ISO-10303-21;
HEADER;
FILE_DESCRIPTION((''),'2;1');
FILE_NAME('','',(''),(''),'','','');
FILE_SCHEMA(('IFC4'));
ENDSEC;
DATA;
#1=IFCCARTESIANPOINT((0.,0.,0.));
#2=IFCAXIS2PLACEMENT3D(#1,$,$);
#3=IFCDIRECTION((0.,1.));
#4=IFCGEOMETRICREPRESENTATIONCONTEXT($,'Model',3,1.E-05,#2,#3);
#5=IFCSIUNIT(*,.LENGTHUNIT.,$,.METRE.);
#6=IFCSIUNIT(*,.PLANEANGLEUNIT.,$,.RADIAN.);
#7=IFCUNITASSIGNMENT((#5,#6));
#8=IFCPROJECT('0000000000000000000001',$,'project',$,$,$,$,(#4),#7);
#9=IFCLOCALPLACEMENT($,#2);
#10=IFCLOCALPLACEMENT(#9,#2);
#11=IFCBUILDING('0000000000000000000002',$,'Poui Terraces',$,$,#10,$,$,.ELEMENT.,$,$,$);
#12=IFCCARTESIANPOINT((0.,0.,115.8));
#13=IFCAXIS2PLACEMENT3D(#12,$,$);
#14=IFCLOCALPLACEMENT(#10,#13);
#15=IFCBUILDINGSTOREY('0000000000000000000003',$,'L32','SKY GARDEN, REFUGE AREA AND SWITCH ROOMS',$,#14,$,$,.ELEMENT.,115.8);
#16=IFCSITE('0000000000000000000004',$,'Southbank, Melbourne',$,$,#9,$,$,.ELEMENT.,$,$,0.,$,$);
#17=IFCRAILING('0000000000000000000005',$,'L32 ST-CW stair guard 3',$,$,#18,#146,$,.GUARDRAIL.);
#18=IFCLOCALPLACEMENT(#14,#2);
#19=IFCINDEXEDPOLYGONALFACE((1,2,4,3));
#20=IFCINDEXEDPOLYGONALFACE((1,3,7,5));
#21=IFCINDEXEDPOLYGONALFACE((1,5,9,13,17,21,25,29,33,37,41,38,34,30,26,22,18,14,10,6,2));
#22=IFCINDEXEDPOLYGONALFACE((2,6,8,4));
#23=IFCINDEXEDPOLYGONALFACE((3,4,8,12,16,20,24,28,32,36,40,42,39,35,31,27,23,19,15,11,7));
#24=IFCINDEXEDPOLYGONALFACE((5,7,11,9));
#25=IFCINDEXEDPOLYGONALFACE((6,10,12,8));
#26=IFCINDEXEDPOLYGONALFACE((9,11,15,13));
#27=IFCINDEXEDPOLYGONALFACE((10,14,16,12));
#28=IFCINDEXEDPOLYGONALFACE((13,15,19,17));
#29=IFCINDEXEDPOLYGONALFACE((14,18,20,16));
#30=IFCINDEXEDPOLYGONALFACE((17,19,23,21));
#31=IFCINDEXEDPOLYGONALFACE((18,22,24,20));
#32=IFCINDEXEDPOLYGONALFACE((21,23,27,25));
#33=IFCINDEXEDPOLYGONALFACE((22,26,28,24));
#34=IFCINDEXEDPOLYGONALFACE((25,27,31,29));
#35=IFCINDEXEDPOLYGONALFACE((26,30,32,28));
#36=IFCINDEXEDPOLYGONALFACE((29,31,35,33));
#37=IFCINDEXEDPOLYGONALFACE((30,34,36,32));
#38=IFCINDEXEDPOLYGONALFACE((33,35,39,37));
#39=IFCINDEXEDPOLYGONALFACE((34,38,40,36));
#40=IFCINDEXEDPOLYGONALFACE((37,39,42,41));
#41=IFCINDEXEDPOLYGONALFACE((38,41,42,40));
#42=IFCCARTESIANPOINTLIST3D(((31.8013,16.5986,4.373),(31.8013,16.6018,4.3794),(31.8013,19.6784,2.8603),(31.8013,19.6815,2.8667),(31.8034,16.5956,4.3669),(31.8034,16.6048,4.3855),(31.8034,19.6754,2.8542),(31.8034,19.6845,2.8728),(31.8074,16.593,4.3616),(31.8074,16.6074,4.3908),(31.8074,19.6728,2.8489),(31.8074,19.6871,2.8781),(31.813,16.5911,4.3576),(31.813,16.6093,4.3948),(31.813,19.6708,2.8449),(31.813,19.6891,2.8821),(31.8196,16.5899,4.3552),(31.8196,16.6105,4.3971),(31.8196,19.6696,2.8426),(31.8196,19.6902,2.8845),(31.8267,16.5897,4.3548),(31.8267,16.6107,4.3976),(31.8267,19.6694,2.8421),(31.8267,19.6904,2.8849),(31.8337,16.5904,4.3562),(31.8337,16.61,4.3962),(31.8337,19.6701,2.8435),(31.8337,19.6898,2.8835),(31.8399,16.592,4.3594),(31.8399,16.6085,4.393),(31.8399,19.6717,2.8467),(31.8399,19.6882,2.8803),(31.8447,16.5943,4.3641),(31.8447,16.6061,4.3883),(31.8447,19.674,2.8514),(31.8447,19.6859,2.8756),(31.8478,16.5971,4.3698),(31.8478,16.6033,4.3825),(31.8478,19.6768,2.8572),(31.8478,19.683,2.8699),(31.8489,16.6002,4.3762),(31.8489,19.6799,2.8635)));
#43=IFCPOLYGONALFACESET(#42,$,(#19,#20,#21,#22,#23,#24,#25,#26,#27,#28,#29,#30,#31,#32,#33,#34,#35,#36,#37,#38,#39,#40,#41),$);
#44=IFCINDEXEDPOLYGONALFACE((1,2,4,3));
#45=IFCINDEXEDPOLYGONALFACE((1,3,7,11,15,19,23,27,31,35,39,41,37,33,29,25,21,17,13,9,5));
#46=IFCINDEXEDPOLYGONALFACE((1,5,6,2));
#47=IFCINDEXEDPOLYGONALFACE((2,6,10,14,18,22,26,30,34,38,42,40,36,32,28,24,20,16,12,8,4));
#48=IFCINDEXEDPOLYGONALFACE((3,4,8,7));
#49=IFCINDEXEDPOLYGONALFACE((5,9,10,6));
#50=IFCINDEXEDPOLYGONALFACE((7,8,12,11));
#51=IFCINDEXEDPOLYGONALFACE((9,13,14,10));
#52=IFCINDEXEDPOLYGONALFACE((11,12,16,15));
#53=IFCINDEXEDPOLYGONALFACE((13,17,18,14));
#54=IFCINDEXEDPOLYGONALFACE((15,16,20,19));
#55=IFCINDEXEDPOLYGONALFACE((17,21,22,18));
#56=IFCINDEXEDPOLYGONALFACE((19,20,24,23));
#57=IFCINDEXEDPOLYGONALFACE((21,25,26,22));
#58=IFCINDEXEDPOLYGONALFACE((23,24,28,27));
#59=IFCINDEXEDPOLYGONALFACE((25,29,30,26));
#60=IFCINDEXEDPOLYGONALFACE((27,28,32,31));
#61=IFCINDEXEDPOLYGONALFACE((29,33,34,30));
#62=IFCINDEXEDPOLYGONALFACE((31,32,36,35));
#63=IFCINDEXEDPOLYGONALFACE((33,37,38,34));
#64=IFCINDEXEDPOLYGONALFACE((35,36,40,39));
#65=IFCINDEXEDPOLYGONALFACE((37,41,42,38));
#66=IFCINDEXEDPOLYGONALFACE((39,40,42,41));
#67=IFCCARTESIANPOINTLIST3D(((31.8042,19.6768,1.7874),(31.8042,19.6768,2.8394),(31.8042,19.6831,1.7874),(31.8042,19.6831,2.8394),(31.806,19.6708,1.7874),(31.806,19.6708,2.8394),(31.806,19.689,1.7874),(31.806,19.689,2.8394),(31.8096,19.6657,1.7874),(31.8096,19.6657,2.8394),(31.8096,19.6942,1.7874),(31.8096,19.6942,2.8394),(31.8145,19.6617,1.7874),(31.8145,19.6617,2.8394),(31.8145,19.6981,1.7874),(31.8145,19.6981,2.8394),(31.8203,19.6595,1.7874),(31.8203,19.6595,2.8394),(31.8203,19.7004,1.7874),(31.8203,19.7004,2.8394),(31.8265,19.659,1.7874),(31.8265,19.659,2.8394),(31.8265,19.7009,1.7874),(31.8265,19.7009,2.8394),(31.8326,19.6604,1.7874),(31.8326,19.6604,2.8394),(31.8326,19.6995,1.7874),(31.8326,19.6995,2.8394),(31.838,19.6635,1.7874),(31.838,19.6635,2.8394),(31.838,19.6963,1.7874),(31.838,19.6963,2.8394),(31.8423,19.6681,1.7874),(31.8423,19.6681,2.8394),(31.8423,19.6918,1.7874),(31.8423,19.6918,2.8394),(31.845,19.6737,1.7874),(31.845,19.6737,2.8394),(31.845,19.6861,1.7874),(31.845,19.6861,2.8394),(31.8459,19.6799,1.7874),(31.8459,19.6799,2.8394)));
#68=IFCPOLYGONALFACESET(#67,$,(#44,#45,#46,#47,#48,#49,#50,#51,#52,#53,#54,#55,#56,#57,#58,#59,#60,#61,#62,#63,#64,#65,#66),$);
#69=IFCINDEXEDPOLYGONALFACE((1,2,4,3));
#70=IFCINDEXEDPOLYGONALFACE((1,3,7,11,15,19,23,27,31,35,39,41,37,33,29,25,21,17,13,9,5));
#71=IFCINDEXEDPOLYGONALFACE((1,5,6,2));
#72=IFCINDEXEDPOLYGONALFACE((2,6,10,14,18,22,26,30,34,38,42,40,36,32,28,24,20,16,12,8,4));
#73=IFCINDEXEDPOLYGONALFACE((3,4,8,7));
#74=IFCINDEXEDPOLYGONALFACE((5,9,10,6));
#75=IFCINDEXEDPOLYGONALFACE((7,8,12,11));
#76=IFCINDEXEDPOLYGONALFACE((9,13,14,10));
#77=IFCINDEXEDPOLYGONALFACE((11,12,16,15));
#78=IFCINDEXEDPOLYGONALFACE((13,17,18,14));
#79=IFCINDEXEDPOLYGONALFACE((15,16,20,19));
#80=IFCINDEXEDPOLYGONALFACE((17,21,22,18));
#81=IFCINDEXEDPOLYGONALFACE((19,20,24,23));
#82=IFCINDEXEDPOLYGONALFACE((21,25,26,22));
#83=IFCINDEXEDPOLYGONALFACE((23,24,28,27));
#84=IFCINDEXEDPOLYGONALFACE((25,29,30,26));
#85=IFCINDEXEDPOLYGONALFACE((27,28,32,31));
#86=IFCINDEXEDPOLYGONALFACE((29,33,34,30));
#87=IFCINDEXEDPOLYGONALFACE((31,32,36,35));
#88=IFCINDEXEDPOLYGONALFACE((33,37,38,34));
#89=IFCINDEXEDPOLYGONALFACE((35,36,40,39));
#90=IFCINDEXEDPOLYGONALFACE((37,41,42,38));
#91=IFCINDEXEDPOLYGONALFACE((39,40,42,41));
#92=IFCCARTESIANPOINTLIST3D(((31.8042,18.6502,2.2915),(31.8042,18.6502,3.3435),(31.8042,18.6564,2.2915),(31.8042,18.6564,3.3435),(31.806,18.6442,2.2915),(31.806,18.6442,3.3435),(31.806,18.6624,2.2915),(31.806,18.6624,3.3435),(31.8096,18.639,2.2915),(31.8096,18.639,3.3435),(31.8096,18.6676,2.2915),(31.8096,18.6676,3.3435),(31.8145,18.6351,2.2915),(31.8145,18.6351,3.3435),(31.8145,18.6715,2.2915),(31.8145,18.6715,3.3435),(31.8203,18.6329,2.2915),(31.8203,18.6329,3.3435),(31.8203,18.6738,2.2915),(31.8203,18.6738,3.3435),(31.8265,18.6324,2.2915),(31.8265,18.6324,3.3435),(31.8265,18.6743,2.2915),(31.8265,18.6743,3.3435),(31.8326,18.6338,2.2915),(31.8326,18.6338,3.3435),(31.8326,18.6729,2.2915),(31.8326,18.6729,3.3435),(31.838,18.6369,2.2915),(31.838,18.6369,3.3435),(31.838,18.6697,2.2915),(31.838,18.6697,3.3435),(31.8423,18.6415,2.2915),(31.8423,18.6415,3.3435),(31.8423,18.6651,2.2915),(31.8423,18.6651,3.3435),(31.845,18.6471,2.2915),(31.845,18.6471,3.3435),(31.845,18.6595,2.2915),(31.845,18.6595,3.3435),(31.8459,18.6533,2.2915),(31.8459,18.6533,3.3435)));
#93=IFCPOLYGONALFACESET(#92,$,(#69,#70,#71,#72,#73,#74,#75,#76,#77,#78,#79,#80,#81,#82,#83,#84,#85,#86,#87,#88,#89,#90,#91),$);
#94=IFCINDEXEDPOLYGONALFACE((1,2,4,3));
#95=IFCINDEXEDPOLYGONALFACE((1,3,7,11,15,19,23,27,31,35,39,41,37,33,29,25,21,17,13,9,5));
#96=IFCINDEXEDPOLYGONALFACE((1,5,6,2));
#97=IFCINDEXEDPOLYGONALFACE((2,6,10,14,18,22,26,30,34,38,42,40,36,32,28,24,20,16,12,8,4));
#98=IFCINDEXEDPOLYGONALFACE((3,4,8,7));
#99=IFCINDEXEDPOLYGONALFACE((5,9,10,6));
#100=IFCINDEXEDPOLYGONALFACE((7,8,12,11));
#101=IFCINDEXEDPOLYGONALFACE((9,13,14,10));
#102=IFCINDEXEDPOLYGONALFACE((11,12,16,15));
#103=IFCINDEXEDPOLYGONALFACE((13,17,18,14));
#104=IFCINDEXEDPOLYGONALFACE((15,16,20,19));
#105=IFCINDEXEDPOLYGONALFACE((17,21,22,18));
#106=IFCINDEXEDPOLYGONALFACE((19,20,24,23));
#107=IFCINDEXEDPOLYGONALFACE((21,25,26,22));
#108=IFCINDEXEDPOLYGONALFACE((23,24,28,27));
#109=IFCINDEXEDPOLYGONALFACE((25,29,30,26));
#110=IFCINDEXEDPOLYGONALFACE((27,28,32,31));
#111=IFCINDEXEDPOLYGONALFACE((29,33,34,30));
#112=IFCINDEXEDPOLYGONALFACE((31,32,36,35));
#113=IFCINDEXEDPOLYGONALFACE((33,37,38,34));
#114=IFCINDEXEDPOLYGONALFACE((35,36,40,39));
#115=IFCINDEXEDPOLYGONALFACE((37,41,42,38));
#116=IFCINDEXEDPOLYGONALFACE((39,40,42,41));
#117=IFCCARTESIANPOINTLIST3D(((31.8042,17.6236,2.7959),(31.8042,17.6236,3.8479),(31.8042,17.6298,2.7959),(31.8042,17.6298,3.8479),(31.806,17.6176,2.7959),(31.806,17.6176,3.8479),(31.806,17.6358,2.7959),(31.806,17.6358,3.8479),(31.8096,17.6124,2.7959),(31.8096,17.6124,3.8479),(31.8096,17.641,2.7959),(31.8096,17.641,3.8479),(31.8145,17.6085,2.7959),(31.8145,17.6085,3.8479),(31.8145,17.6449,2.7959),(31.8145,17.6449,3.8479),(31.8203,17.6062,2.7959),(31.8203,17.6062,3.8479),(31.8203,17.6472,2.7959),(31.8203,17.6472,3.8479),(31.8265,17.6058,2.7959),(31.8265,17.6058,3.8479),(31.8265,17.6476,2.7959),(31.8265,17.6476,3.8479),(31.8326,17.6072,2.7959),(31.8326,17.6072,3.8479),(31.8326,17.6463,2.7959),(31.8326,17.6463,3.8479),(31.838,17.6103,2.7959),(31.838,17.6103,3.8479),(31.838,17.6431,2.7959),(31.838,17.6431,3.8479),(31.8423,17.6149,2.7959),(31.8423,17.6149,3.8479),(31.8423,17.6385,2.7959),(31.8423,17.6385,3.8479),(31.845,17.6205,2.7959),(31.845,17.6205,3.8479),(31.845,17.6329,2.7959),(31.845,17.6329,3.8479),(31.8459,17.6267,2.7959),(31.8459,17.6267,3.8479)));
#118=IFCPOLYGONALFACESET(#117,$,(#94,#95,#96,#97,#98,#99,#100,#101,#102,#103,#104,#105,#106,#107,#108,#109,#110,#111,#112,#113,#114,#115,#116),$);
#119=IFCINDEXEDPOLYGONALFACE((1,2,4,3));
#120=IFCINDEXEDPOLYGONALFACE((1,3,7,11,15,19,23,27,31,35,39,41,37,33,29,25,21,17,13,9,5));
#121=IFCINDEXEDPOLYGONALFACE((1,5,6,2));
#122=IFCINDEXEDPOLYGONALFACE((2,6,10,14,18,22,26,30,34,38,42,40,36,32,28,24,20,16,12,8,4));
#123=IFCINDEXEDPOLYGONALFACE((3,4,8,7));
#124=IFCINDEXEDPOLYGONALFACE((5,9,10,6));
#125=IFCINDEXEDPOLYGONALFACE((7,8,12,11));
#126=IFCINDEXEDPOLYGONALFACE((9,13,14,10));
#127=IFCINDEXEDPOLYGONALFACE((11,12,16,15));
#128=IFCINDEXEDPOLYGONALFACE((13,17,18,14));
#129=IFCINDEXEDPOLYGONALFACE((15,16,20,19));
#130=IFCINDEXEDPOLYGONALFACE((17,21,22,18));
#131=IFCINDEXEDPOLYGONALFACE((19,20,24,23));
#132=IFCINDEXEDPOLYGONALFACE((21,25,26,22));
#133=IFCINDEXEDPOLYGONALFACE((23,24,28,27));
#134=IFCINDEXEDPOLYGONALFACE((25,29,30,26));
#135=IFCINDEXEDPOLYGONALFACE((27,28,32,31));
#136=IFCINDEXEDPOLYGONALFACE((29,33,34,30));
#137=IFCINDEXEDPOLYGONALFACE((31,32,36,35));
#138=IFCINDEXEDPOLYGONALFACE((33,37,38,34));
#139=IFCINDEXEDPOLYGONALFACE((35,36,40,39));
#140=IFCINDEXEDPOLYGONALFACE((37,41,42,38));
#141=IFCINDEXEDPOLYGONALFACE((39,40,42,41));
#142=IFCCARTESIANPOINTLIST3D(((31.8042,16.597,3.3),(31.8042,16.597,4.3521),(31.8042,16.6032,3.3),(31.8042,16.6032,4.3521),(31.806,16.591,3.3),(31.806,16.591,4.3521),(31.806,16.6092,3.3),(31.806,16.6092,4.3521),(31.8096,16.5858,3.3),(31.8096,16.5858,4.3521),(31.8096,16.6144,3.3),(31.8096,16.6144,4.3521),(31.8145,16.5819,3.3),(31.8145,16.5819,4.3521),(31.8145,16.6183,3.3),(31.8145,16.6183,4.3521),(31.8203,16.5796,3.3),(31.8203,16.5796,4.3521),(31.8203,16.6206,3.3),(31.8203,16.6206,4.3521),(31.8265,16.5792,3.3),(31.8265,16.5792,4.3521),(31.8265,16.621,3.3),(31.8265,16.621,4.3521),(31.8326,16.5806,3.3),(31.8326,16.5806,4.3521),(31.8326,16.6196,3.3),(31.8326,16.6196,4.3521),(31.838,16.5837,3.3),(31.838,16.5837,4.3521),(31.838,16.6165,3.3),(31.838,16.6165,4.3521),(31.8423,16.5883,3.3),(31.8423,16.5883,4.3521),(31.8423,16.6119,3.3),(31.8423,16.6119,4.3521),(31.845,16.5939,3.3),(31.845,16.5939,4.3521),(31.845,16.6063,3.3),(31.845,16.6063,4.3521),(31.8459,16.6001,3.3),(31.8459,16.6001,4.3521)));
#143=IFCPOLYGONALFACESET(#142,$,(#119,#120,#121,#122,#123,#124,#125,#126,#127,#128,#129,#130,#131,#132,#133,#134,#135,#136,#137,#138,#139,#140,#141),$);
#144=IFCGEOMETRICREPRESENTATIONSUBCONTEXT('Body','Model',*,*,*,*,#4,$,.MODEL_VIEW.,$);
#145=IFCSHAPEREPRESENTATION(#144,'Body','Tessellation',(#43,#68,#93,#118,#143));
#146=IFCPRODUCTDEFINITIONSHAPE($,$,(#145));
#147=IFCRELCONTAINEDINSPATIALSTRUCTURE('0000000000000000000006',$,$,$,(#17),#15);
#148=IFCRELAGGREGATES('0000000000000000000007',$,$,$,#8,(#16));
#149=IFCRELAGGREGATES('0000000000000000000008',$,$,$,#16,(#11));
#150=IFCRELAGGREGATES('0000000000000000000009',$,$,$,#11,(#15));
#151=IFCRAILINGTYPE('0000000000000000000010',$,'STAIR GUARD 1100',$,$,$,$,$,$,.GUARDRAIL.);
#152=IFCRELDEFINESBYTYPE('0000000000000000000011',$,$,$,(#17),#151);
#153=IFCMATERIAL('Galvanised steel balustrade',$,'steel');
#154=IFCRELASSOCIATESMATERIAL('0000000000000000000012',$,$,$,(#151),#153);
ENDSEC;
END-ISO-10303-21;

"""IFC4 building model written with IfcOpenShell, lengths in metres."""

from ifc_helpers import new_model, si_unit, direction, frame, origin, origin_2d, place, context, subcontext, project, spatial, circle, extrude, material, type_object, element, save


model = new_model("IFC4")

# Units and contexts
model_context = context("Model", 3, precision=1e-05, world=origin(), true_north=direction((0.0, 1.0)))
body_context = subcontext(model_context, "Body", "Model", "MODEL_VIEW")
ifc_project = project(units=[si_unit("LENGTHUNIT", "METRE"), si_unit("PLANEANGLEUNIT", "RADIAN")], contexts=[model_context])

# Site, building, storey
site_placement = place(None, origin())
site = spatial("IfcSite", under=ifc_project, at=site_placement, Name="Southbank, Melbourne", CompositionType="ELEMENT", RefElevation=0.0)
building_placement = place(site_placement, origin())
building = spatial("IfcBuilding", under=site, at=building_placement, Name="Poui Terraces", CompositionType="ELEMENT")
storey_placement = place(building_placement, frame((0.0, 0.0, 115.8)))
storey = spatial("IfcBuildingStorey", under=building, at=storey_placement, Name="L32", Description="SKY GARDEN, REFUGE AREA AND SWITCH ROOMS", CompositionType="ELEMENT", Elevation=115.8)

# Railing
ifc_material_1 = material(Name="Galvanised steel balustrade", Category="steel")
railing_type = type_object("IfcRailingType", Name="STAIR GUARD 1100", PredefinedType="GUARDRAIL", material=ifc_material_1)
railing_1_placement = place(storey_placement, frame((31.825, 19.6799, 1.7874)))
element("IfcRailing", 1, at=railing_1_placement, inside=storey, type_object=railing_type, Name="L32 ST-CW stair guard 3", PredefinedType="GUARDRAIL", context=body_context, shape_type="SweptSolid", body=[
    extrude(circle(Radius=0.0239, at=origin_2d()), frame((0.0, 0.0, 1.0762), z_axis=(0.0, -0.897578, 0.440856), x_axis=(1.0, 0.0, 0.0)), (0.0, 0.0, 1.0), 3.4312),
    extrude(circle(Radius=0.021, at=origin_2d()), origin(), (0.0, 0.0, 1.0), 1.052),
    extrude(circle(Radius=0.021, at=origin_2d()), frame((0.0, -1.0266, 0.5042)), (0.0, 0.0, 1.0), 1.052),
    extrude(circle(Radius=0.021, at=origin_2d()), frame((0.0, -2.0532, 1.0085)), (0.0, 0.0, 1.0), 1.052),
    extrude(circle(Radius=0.021, at=origin_2d()), frame((0.0, -3.0798, 1.5127)), (0.0, 0.0, 1.0), 1.052),
])

save(model, "model.ifc")
